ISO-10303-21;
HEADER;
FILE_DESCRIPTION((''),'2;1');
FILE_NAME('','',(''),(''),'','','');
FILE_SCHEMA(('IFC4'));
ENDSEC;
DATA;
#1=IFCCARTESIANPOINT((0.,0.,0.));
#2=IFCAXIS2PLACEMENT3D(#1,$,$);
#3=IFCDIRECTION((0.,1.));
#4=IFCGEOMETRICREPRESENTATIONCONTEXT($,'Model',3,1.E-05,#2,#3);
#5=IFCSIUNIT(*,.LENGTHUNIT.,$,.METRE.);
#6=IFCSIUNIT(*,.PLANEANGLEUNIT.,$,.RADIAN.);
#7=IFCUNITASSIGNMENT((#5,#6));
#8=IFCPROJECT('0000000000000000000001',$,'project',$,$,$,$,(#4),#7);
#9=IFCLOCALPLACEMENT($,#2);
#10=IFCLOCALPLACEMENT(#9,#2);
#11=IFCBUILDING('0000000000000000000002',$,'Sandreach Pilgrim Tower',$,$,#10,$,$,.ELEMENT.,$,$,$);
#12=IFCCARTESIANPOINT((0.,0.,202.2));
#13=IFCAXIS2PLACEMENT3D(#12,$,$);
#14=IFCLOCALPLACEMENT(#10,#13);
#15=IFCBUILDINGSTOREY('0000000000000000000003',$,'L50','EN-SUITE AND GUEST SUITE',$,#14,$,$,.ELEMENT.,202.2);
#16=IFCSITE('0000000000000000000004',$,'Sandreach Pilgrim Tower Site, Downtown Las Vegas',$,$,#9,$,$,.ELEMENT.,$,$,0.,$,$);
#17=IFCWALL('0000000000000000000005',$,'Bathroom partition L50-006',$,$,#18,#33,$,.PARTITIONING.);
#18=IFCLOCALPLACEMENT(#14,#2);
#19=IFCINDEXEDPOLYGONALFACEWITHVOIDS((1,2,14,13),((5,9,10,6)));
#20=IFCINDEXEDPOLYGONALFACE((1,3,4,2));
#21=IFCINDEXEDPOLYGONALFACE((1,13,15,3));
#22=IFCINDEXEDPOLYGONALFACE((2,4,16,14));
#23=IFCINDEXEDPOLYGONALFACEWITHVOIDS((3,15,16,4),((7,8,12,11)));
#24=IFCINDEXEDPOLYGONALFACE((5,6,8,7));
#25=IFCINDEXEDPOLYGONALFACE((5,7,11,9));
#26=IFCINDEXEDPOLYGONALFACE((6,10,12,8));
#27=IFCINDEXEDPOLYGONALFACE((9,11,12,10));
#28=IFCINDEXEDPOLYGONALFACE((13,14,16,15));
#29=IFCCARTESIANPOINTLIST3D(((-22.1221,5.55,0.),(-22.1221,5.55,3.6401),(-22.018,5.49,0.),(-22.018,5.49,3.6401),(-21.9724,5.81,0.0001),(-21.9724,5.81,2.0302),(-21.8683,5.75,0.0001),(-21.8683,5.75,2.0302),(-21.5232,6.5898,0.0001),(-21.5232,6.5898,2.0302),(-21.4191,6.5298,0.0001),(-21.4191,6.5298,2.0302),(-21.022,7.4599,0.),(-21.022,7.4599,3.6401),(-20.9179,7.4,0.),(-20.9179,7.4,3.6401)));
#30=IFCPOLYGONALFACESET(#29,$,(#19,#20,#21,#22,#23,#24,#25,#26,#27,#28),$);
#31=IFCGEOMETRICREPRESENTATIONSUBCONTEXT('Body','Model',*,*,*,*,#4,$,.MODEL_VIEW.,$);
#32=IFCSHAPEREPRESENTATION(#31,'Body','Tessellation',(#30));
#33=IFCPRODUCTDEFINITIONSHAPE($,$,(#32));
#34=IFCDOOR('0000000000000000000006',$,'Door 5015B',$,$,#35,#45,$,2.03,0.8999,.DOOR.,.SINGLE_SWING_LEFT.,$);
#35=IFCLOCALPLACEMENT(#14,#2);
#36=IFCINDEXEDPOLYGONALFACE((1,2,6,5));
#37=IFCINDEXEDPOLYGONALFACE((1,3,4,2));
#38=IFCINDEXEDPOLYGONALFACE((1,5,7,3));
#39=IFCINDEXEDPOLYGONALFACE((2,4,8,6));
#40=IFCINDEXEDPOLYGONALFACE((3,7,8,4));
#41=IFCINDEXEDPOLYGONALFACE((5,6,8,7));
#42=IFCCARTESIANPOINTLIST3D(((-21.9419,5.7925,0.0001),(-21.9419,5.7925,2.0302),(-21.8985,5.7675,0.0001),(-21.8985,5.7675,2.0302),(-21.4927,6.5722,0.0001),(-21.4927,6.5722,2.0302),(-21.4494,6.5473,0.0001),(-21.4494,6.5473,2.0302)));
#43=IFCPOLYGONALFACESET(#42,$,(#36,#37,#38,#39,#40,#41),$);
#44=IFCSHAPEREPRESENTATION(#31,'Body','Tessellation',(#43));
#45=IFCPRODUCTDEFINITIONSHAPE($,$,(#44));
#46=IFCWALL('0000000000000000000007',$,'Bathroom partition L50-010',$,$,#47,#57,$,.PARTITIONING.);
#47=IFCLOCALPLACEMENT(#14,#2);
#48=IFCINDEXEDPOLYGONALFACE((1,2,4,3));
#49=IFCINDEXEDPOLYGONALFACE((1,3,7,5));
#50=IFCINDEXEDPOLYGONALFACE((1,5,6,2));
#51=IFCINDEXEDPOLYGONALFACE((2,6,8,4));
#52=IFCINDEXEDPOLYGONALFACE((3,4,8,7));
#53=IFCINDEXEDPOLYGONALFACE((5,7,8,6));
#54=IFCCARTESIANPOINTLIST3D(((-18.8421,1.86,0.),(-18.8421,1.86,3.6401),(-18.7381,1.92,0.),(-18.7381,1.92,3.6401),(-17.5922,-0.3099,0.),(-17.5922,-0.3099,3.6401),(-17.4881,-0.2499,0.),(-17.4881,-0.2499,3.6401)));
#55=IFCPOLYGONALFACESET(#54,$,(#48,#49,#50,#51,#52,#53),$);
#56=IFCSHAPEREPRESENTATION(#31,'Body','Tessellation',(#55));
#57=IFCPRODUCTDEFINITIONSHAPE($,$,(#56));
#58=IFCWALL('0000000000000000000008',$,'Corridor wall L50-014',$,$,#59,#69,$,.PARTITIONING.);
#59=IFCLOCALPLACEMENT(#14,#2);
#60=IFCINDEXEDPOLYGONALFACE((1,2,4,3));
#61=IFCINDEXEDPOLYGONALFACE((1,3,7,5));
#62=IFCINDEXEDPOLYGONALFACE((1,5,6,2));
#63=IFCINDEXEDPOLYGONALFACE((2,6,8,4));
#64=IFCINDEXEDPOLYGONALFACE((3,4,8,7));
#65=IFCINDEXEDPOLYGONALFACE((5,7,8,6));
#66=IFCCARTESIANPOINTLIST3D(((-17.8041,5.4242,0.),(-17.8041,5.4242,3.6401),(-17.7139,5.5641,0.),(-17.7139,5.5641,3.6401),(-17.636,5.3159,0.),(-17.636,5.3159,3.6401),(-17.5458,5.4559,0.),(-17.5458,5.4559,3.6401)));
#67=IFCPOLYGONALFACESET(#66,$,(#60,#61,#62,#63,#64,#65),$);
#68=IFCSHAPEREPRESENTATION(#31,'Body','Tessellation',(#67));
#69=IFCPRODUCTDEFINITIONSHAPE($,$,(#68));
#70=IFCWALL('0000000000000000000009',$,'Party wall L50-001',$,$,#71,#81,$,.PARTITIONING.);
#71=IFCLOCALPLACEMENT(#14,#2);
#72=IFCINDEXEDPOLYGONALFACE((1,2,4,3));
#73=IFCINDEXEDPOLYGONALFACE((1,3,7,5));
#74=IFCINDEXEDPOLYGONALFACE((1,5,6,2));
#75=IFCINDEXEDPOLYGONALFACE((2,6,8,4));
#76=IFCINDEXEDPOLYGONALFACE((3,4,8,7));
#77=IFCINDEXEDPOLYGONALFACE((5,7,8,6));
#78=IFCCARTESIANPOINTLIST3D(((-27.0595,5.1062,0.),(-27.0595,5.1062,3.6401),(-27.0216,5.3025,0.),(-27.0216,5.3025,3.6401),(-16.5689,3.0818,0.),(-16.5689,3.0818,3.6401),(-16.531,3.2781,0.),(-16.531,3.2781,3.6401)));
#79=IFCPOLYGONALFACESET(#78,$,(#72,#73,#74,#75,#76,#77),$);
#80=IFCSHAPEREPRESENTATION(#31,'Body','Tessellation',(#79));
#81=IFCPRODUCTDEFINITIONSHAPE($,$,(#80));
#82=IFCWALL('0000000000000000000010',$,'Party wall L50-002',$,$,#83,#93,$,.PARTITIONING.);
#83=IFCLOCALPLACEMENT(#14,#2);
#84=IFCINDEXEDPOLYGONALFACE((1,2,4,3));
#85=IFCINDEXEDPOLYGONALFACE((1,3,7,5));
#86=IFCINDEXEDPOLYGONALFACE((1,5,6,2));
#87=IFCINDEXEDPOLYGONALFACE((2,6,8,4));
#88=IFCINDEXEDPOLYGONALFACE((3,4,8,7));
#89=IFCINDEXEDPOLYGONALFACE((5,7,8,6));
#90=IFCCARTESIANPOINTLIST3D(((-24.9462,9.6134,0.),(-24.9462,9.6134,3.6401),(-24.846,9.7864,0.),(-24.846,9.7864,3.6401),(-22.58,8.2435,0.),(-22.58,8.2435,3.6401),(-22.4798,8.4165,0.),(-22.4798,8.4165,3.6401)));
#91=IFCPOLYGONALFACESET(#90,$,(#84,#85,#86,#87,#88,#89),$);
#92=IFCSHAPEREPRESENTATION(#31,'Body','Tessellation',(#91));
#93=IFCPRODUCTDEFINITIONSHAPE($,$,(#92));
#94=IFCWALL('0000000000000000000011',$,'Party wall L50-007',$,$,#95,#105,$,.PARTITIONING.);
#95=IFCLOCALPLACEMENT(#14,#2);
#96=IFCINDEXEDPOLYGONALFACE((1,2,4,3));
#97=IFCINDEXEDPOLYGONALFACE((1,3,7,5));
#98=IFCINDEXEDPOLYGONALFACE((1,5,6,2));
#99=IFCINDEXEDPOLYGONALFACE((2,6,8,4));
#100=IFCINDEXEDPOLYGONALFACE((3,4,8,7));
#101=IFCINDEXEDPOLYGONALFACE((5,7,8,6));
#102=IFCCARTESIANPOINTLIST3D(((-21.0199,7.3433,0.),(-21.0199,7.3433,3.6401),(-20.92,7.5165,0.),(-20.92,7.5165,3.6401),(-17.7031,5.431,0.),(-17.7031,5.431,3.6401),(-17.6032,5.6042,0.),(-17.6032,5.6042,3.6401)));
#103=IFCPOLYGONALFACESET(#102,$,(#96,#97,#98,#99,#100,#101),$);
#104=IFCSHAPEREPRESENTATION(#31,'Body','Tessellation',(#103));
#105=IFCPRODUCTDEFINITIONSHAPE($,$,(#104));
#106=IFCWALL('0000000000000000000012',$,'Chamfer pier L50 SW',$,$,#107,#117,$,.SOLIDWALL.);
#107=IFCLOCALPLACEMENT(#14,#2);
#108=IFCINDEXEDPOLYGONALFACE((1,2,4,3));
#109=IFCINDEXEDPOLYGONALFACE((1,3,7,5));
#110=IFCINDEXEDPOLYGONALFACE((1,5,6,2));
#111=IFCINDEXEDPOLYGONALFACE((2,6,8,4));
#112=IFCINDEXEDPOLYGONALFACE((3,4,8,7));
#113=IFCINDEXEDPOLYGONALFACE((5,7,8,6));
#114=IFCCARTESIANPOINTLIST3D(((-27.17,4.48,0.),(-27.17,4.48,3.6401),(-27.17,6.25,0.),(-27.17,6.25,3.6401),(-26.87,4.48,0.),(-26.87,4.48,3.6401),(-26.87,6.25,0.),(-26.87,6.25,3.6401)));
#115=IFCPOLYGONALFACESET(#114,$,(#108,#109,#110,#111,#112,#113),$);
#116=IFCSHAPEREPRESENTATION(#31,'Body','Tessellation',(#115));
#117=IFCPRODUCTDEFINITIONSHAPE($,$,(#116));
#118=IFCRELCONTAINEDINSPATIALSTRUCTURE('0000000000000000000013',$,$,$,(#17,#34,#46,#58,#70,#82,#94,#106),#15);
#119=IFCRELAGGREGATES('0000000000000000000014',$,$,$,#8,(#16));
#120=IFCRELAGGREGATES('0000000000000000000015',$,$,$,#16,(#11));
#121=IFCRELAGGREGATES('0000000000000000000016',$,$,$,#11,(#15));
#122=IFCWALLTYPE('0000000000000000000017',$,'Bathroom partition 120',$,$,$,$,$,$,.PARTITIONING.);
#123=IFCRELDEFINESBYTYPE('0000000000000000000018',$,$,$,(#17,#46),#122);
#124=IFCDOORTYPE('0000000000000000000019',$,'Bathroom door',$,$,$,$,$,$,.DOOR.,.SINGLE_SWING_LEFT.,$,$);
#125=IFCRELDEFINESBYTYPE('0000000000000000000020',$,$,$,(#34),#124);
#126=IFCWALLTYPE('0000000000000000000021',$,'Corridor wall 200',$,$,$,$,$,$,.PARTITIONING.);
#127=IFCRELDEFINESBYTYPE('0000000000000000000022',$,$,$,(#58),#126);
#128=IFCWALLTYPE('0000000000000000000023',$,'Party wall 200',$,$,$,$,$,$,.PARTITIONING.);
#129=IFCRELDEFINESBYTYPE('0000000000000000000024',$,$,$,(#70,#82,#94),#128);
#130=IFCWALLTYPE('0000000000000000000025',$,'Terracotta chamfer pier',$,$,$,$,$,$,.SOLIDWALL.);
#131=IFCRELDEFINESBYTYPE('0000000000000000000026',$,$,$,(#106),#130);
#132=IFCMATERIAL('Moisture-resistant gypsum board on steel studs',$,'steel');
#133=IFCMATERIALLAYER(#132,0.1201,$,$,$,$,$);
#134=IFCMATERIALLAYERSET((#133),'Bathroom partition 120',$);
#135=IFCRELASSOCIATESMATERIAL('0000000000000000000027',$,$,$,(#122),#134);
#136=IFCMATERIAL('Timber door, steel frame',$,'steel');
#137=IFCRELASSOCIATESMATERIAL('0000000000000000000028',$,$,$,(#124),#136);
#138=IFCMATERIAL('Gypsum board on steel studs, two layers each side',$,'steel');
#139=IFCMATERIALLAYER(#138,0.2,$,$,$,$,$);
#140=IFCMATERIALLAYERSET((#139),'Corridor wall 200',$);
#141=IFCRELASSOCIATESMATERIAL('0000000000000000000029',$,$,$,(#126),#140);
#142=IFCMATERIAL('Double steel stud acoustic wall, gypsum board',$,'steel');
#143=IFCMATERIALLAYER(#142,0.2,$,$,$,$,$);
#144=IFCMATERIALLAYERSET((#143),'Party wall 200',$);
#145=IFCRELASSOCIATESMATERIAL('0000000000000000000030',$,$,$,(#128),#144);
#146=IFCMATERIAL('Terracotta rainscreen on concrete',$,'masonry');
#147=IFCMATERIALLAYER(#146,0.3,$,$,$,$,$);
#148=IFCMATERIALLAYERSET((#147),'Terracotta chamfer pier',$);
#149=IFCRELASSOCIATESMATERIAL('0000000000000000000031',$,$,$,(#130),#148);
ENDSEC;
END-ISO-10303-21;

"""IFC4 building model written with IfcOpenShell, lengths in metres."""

from ifc_helpers import new_model, si_unit, direction, frame, frame_2d, origin, place, context, subcontext, project, spatial, rectangle, extrude, material, layer, layer_set, type_object, element, fill, save


model = new_model("IFC4")

# Units and contexts
model_context = context("Model", 3, precision=1e-05, world=origin(), true_north=direction((0.0, 1.0)))
body_context = subcontext(model_context, "Body", "Model", "MODEL_VIEW")
ifc_project = project(units=[si_unit("LENGTHUNIT", "METRE"), si_unit("PLANEANGLEUNIT", "RADIAN")], contexts=[model_context])

# Site, building, storey
site_placement = place(None, origin())
site = spatial("IfcSite", under=ifc_project, at=site_placement, Name="Sandreach Pilgrim Tower Site, Downtown Las Vegas", CompositionType="ELEMENT", RefElevation=0.0)
building_placement = place(site_placement, origin())
building = spatial("IfcBuilding", under=site, at=building_placement, Name="Sandreach Pilgrim Tower", CompositionType="ELEMENT")
storey_placement = place(building_placement, frame((0.0, 0.0, 202.2)))
storey = spatial("IfcBuildingStorey", under=building, at=storey_placement, Name="L50", Description="EN-SUITE AND GUEST SUITE", CompositionType="ELEMENT", Elevation=202.2)

# Shared definitions
ifc_material_1 = material(Name="Moisture-resistant gypsum board on steel studs", Category="steel")
ifc_layer_1 = layer(ifc_material_1, 0.1201)
ifc_layer_set_1 = layer_set([ifc_layer_1], Name="Bathroom partition 120")
wall_type_1 = type_object("IfcWallType", Name="Bathroom partition 120", PredefinedType="PARTITIONING", material=ifc_layer_set_1)

# Wall, opening, door
wall_1_placement = place(storey_placement, frame((-22.0701, 5.52, 0.0), z_axis=(0.0, 0.0, 1.0), x_axis=(0.499118, 0.866534, 0.0)))
wall_1 = element("IfcWall", 1, at=wall_1_placement, inside=storey, type_object=wall_type_1, Name="Bathroom partition L50-006", PredefinedType="PARTITIONING", context=body_context, shape_type="SweptSolid", body=[
    extrude(rectangle(XDim=2.2041, YDim=0.1201, at=frame_2d((1.1021, 0.0))), origin(), (0.0, 0.0, 1.0), 3.6401),
])
opening_1_placement = place(wall_1_placement, frame((0.3, 0.0, 0.0)))
opening_1 = element("IfcOpeningElement", 2, at=opening_1_placement, cuts=wall_1, PredefinedType="OPENING", context=body_context, shape_type="SweptSolid", body=[
    extrude(rectangle(XDim=0.8999, YDim=2.03, at=frame_2d((0.45, 1.0151))), frame((0.0, 0.0601, 0.0), z_axis=(0.0, -1.0, 0.0), x_axis=(1.0, 0.0, 0.0)), (0.0, 0.0, 1.0), 0.1201),
])
ifc_material_2 = material(Name="Timber door, steel frame", Category="steel")
door_type_1 = type_object("IfcDoorType", Name="Bathroom door", OperationType="SINGLE_SWING_LEFT", PredefinedType="DOOR", material=ifc_material_2)
door_1_placement = place(opening_1_placement, origin())
door_1 = element("IfcDoor", 3, at=door_1_placement, inside=storey, type_object=door_type_1, Name="Door 5015B", OperationType="SINGLE_SWING_LEFT", OverallHeight=2.03, OverallWidth=0.8999, PredefinedType="DOOR", context=body_context, shape_type="SweptSolid", body=[
    extrude(rectangle(XDim=0.8999, YDim=2.03, at=frame_2d((0.45, 1.0151))), frame((0.0, 0.0249, 0.0), z_axis=(0.0, -1.0, 0.0), x_axis=(1.0, 0.0, 0.0)), (0.0, 0.0, 1.0), 0.05),
])
fill(opening_1, door_1)

# Wall
wall_2_placement = place(storey_placement, frame((-18.79, 1.8899, 0.0), z_axis=(0.0, 0.0, 1.0), x_axis=(0.49916, -0.86651, 0.0)))
element("IfcWall", 4, at=wall_2_placement, inside=storey, type_object=wall_type_1, Name="Bathroom partition L50-010", PredefinedType="PARTITIONING", context=body_context, shape_type="SweptSolid", body=[
    extrude(rectangle(XDim=2.5042, YDim=0.1201, at=frame_2d((1.252, 0.0))), origin(), (0.0, 0.0, 1.0), 3.6401),
])

# Shared definitions
ifc_material_3 = material(Name="Gypsum board on steel studs, two layers each side", Category="steel")
ifc_layer_2 = layer(ifc_material_3, 0.2)
ifc_layer_set_2 = layer_set([ifc_layer_2], Name="Corridor wall 200")
wall_type_2 = type_object("IfcWallType", Name="Corridor wall 200", PredefinedType="PARTITIONING", material=ifc_layer_set_2)

# Walls
wall_3_placement = place(storey_placement, frame((-17.6299, 5.51, 0.0), z_axis=(0.0, 0.0, 1.0), x_axis=(-0.541425, -0.840749, 0.0)))
element("IfcWall", 5, at=wall_3_placement, inside=storey, type_object=wall_type_2, Name="Corridor wall L50-014", PredefinedType="PARTITIONING", context=body_context, shape_type="SweptSolid", body=[
    extrude(rectangle(XDim=0.1665, YDim=0.2, at=frame_2d((0.0833, 0.0))), origin(), (0.0, 0.0, 1.0), 3.6401),
])
ifc_material_4 = material(Name="Double steel stud acoustic wall, gypsum board", Category="steel")
ifc_layer_3 = layer(ifc_material_4, 0.2)
ifc_layer_set_3 = layer_set([ifc_layer_3], Name="Party wall 200")
wall_type_3 = type_object("IfcWallType", Name="Party wall 200", PredefinedType="PARTITIONING", material=ifc_layer_set_3)
wall_4_placement = place(storey_placement, frame((-27.0405, 5.2043, 0.0), z_axis=(0.0, 0.0, 1.0), x_axis=(0.981884, -0.18948, 0.0)))
element("IfcWall", 6, at=wall_4_placement, inside=storey, type_object=wall_type_3, Name="Party wall L50-001", PredefinedType="PARTITIONING", context=body_context, shape_type="SweptSolid", body=[
    extrude(rectangle(XDim=10.6841, YDim=0.2, at=frame_2d((5.342, 0.0))), origin(), (0.0, 0.0, 1.0), 3.6401),
])
wall_5_placement = place(storey_placement, frame((-24.8962, 9.7, 0.0), z_axis=(0.0, 0.0, 1.0), x_axis=(0.865432, -0.501026, 0.0)))
element("IfcWall", 7, at=wall_5_placement, inside=storey, type_object=wall_type_3, Name="Party wall L50-002", PredefinedType="PARTITIONING", context=body_context, shape_type="SweptSolid", body=[
    extrude(rectangle(XDim=2.7341, YDim=0.2, at=frame_2d((1.3672, 0.0))), origin(), (0.0, 0.0, 1.0), 3.6401),
])
wall_6_placement = place(storey_placement, frame((-20.97, 7.4299, 0.0), z_axis=(0.0, 0.0, 1.0), x_axis=(0.866326, -0.49948, 0.0)))
element("IfcWall", 8, at=wall_6_placement, inside=storey, type_object=wall_type_3, Name="Party wall L50-007", PredefinedType="PARTITIONING", context=body_context, shape_type="SweptSolid", body=[
    extrude(rectangle(XDim=3.8286, YDim=0.2, at=frame_2d((1.9143, 0.0))), origin(), (0.0, 0.0, 1.0), 3.6401),
])
ifc_material_5 = material(Name="Terracotta rainscreen on concrete", Category="masonry")
ifc_layer_4 = layer(ifc_material_5, 0.3)
ifc_layer_set_4 = layer_set([ifc_layer_4], Name="Terracotta chamfer pier")
wall_type_4 = type_object("IfcWallType", Name="Terracotta chamfer pier", PredefinedType="SOLIDWALL", material=ifc_layer_set_4)
wall_7_placement = place(storey_placement, frame((-27.02, 4.48, 0.0), z_axis=(0.0, 0.0, 1.0), x_axis=(0.0, 1.0, 0.0)))
element("IfcWall", 9, at=wall_7_placement, inside=storey, type_object=wall_type_4, Name="Chamfer pier L50 SW", PredefinedType="SOLIDWALL", context=body_context, shape_type="SweptSolid", body=[
    extrude(rectangle(XDim=1.77, YDim=0.3, at=frame_2d((0.885, 0.0))), origin(), (0.0, 0.0, 1.0), 3.6401),
])

save(model, "model.ifc")
